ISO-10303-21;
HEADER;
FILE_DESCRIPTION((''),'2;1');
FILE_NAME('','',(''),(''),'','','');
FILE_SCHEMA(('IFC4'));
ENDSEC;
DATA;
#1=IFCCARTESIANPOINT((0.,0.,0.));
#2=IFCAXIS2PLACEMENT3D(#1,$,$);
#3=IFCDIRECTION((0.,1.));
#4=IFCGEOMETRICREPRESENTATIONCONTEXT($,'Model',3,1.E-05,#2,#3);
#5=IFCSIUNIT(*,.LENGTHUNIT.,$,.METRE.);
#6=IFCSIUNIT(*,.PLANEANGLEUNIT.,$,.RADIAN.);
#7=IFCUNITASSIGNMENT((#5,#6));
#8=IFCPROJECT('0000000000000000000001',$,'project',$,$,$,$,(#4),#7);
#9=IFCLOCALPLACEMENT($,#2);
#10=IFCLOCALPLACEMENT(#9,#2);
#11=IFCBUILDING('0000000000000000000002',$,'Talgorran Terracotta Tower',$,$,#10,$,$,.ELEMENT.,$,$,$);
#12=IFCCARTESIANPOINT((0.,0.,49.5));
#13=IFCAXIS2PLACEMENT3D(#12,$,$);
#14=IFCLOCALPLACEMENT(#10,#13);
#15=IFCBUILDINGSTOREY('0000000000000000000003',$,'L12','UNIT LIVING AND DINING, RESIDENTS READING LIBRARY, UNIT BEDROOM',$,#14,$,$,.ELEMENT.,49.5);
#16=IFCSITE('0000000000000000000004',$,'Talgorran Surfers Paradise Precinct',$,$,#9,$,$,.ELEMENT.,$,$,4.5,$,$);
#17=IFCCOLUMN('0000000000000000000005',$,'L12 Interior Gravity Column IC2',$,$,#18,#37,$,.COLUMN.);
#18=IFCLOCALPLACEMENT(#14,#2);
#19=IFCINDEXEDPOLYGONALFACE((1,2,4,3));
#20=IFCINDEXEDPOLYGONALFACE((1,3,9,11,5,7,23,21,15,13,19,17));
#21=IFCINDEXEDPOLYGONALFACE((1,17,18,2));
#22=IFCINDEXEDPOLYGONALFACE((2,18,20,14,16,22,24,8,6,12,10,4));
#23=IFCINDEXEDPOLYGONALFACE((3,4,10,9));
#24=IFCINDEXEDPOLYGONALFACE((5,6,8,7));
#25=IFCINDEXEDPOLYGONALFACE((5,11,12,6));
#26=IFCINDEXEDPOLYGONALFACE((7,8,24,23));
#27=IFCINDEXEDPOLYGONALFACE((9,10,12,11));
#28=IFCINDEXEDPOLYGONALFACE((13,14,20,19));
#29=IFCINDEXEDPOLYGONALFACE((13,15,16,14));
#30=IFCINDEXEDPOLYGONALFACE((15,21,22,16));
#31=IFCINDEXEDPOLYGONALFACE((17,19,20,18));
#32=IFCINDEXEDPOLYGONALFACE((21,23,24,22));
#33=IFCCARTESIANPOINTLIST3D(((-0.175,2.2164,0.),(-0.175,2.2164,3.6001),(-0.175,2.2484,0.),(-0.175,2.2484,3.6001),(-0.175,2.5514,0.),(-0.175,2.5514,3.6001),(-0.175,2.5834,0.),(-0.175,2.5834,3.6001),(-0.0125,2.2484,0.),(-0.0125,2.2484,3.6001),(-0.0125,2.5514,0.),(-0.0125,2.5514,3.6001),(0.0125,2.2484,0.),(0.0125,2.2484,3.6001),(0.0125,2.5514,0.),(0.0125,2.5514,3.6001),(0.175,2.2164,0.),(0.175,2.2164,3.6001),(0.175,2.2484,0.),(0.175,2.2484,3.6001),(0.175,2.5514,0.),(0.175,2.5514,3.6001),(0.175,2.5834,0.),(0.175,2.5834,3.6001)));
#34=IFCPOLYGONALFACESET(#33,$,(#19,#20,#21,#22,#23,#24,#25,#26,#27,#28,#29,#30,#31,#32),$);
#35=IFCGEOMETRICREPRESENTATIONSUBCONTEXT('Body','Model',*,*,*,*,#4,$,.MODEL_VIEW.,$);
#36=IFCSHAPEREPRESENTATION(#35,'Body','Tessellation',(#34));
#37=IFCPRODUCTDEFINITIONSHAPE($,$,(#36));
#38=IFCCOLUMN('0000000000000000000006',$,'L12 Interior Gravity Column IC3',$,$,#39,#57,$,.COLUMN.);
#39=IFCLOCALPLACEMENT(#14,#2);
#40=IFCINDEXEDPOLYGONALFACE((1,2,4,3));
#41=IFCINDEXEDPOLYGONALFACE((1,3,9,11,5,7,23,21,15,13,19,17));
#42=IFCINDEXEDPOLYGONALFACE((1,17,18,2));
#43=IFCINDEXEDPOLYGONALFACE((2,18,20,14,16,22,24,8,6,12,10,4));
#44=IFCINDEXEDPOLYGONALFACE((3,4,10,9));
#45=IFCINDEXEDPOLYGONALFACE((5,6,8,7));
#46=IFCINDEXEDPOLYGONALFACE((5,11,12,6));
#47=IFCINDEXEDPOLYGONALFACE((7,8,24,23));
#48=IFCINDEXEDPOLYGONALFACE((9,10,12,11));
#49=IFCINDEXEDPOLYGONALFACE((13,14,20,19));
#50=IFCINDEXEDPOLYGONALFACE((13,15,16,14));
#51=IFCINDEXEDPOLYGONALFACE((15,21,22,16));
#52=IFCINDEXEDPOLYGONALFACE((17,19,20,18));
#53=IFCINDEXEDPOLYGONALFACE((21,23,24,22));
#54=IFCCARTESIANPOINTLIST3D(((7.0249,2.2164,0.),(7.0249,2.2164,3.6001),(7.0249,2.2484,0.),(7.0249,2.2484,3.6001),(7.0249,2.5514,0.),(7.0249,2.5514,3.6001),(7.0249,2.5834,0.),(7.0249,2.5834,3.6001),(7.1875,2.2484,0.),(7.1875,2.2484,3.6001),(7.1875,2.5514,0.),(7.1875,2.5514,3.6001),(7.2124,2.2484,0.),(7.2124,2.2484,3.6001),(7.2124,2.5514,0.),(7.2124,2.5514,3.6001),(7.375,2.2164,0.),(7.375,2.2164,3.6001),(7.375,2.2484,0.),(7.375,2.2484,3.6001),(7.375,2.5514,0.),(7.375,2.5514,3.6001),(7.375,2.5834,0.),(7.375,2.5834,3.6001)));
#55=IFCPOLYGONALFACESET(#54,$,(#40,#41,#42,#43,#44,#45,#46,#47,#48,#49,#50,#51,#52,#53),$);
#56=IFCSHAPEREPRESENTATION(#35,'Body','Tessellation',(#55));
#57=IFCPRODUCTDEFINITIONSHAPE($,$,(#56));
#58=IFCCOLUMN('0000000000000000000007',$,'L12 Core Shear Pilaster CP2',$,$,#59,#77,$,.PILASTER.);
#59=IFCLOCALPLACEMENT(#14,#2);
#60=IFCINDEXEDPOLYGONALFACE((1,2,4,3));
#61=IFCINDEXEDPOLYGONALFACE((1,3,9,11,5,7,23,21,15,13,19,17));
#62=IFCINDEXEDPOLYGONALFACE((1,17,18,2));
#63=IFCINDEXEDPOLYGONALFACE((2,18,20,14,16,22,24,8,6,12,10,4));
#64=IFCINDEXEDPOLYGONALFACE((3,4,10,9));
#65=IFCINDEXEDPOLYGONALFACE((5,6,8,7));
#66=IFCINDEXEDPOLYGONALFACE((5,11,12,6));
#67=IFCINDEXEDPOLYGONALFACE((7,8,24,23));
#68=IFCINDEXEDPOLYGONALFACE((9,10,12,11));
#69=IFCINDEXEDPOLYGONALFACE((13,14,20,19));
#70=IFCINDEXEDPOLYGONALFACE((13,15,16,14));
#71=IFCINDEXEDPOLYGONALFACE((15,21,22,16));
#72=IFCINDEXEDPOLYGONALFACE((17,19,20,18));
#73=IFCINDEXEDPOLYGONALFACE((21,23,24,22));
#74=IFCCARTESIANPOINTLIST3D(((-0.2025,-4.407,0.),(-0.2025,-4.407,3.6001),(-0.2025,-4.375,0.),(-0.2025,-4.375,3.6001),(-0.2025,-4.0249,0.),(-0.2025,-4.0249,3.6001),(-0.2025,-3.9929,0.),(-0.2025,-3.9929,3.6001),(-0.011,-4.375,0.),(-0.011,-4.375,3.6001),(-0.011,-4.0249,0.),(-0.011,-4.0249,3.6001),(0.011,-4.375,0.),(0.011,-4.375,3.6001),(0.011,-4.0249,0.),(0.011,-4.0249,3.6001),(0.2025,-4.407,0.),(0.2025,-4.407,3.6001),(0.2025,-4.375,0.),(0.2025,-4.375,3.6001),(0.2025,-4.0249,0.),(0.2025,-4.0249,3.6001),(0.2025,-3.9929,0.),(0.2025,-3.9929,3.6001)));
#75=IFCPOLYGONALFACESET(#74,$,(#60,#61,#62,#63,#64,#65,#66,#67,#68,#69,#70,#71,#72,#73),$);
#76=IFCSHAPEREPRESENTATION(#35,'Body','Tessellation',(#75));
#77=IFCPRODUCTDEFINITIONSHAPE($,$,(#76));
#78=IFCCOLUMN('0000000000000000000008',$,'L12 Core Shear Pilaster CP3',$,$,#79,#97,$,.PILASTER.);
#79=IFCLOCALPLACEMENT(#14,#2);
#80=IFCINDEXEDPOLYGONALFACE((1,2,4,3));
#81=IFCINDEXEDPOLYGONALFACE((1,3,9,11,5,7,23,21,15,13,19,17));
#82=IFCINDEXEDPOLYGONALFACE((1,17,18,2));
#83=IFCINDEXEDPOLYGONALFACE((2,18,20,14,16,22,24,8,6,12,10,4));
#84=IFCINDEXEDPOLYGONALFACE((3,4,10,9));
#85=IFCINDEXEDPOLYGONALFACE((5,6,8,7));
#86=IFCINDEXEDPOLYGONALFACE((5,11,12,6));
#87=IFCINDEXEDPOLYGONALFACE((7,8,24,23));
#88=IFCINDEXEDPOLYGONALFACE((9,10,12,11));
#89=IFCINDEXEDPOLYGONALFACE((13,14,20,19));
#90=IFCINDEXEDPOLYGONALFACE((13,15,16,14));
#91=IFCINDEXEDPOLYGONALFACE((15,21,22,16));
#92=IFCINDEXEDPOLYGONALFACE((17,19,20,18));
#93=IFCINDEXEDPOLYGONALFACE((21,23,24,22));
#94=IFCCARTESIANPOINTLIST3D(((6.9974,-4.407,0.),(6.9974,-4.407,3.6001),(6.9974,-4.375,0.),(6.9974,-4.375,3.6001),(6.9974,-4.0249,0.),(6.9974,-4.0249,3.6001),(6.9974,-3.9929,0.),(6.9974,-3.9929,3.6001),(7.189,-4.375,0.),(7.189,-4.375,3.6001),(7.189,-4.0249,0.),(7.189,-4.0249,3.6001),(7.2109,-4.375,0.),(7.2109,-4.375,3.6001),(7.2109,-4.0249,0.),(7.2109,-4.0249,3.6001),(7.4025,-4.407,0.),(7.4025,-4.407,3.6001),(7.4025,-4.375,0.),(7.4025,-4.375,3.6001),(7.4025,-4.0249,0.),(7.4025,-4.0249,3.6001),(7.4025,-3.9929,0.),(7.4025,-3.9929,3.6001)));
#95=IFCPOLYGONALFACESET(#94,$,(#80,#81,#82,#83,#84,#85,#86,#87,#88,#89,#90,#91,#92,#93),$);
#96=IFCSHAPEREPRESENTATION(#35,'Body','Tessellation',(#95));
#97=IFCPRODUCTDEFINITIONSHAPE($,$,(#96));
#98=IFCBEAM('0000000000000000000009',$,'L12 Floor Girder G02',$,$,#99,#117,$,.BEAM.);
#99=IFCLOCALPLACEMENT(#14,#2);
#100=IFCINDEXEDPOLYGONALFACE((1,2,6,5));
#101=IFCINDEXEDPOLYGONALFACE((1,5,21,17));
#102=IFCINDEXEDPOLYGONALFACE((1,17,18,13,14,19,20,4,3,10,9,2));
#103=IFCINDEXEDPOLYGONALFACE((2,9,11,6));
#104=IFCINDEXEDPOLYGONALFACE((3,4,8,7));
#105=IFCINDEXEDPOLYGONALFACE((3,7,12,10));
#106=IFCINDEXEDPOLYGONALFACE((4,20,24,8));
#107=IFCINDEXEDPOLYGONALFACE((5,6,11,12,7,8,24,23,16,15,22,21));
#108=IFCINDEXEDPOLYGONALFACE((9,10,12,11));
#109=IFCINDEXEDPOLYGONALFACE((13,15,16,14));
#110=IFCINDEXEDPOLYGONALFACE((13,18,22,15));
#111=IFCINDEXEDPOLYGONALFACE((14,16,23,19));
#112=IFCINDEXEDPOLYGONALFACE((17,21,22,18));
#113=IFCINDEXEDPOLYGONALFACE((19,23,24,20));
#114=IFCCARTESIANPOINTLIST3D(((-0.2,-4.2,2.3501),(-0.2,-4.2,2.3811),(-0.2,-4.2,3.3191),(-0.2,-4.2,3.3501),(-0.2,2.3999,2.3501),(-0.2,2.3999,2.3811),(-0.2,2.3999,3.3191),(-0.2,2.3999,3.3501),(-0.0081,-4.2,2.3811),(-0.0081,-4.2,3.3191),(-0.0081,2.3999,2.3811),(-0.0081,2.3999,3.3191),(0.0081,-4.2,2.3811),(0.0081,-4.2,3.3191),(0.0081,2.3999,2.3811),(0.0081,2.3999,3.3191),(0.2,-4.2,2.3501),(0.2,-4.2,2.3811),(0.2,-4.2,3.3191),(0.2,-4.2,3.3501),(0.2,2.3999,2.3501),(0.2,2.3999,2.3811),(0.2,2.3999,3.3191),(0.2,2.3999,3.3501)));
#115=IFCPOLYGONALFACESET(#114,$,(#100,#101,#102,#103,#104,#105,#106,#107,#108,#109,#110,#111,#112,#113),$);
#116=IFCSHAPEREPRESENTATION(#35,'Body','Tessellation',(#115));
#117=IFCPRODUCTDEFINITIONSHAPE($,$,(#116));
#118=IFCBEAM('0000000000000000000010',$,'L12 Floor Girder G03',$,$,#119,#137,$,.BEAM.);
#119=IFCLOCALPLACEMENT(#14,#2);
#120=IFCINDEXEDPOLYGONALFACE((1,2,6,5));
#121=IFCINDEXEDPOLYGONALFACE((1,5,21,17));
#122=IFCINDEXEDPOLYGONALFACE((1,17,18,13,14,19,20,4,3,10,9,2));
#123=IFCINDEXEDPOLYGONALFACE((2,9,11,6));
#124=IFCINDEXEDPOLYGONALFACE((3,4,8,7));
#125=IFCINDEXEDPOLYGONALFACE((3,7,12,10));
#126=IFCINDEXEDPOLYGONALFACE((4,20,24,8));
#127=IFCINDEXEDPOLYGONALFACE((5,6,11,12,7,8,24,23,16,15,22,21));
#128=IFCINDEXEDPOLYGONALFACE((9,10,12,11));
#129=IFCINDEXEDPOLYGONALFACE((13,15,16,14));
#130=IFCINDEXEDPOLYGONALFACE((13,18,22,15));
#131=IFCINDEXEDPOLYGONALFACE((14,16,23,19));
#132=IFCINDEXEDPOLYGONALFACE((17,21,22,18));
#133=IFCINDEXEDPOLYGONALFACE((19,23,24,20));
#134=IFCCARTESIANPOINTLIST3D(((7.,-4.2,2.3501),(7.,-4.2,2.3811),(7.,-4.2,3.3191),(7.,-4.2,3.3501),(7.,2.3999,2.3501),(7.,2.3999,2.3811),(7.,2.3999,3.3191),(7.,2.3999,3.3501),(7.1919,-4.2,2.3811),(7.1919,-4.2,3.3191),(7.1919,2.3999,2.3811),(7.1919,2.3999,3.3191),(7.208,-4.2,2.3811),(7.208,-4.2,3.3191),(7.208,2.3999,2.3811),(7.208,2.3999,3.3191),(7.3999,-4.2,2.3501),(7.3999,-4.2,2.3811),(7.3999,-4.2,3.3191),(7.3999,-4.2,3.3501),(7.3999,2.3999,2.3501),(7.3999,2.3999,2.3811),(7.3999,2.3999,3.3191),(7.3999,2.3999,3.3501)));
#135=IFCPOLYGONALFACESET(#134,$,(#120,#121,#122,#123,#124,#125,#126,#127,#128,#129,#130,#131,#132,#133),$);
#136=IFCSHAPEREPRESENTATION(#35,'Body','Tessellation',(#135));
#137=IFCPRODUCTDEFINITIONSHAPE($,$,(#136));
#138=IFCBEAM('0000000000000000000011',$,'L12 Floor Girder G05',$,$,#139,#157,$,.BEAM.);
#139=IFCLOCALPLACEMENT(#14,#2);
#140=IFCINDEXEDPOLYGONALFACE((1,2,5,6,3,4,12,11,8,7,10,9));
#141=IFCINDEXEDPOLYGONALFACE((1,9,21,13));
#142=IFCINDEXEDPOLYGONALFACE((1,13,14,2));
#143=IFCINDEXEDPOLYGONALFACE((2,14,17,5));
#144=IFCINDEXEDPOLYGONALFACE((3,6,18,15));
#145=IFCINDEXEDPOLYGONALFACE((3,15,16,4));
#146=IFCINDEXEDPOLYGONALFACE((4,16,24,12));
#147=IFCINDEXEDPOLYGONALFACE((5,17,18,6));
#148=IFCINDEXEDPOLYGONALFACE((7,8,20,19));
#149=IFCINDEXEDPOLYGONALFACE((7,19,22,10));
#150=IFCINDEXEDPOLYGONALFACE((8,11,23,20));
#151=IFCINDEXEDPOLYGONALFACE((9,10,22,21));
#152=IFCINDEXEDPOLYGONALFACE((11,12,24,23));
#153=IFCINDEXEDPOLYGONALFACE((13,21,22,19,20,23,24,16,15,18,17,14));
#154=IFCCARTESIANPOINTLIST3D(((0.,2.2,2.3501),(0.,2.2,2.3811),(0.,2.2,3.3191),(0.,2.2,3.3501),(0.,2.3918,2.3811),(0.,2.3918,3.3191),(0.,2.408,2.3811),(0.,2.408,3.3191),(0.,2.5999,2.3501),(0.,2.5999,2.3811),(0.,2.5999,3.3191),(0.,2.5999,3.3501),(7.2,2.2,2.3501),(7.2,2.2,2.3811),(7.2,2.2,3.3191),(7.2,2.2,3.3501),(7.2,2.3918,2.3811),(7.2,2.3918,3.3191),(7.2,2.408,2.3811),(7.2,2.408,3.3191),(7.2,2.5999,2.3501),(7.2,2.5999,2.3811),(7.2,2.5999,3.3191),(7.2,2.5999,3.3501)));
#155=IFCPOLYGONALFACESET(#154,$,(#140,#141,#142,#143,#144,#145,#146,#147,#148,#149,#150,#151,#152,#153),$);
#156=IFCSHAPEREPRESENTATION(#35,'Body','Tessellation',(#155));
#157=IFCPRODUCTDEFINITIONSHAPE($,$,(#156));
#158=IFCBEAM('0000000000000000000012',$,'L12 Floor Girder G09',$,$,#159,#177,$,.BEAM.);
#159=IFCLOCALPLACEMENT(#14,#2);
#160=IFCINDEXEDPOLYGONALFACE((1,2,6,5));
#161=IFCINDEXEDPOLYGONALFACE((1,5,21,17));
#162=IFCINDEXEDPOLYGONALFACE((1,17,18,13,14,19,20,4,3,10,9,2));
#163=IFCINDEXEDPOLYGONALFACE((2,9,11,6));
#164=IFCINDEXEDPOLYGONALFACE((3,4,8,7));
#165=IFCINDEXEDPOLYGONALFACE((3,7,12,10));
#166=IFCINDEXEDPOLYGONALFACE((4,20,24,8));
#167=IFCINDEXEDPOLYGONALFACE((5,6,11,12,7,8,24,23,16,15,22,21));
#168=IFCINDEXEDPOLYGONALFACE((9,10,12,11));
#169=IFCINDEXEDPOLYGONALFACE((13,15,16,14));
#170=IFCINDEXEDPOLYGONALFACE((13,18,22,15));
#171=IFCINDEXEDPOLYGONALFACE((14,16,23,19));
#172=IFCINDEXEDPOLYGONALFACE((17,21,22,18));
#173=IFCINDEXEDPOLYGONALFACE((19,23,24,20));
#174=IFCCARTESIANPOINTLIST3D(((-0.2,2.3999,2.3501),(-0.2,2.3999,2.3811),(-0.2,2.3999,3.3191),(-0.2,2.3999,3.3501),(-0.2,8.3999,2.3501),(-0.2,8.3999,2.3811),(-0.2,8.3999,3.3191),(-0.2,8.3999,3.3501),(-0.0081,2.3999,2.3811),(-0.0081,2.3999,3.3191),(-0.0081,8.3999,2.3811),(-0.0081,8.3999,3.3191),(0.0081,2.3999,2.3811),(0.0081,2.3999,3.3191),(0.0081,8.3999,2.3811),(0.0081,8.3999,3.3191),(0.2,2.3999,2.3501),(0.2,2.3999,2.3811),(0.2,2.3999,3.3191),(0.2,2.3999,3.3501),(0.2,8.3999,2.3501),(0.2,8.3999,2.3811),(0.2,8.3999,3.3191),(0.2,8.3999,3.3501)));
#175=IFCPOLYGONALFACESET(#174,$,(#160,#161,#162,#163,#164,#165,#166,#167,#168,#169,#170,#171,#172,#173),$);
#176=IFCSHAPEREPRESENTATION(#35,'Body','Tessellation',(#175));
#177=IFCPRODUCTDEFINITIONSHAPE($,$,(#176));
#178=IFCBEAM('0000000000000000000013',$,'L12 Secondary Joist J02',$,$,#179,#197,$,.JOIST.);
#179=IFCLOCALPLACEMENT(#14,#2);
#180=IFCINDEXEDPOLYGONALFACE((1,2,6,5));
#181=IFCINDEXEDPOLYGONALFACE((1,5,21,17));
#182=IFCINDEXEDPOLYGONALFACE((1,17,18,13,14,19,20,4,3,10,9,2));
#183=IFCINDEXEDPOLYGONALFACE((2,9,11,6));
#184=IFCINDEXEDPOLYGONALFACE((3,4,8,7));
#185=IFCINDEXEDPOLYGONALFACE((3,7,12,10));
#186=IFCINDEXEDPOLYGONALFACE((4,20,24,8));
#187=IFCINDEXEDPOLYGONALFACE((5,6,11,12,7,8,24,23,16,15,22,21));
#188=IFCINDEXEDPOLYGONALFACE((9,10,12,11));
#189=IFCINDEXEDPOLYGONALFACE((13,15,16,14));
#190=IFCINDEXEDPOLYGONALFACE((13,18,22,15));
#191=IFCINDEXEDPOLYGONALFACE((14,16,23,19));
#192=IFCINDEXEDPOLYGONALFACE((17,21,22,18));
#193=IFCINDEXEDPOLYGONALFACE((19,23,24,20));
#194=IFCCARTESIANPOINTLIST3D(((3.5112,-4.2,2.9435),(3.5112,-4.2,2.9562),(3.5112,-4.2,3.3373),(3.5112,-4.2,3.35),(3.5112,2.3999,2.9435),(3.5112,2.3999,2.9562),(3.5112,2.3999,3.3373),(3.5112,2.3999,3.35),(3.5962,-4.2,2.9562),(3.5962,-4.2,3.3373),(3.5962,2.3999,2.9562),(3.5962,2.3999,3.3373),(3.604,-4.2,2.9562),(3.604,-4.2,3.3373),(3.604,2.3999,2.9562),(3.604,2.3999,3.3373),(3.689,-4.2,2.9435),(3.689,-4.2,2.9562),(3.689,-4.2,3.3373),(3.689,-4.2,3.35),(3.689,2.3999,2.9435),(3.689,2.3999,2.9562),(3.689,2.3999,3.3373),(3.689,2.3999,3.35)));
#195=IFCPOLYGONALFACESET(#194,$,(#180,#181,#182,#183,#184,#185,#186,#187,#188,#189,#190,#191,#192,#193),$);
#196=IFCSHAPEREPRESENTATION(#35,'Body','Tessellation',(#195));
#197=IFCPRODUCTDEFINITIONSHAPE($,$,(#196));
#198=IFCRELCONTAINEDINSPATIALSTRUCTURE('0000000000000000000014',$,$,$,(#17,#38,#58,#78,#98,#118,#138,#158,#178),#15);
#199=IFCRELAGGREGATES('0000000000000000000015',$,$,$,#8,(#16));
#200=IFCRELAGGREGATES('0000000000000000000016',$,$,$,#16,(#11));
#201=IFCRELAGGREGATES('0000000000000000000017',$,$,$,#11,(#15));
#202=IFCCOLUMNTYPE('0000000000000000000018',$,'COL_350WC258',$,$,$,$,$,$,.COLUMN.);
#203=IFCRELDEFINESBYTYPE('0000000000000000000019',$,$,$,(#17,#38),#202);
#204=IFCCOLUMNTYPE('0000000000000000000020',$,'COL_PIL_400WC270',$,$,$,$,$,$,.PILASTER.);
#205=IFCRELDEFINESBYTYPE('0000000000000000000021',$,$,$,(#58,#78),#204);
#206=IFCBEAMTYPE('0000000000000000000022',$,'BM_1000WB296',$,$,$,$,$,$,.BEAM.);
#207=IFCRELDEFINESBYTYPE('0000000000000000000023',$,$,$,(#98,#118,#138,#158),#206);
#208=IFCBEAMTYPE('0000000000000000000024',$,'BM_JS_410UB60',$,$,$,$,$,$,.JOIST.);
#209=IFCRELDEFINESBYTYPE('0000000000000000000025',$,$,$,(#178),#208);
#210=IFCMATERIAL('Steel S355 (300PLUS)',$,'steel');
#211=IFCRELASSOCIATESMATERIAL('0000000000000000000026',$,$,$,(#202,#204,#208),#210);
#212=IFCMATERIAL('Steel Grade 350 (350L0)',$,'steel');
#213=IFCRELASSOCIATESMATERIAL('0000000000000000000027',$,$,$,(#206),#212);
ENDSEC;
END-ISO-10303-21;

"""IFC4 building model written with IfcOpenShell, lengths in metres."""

from ifc_helpers import new_model, si_unit, direction, frame, origin, origin_2d, place, context, subcontext, project, spatial, i_section, extrude, material, material_profile, profile_set, type_object, element, save


model = new_model("IFC4")

# Units and contexts
model_context = context("Model", 3, precision=1e-05, world=origin(), true_north=direction((0.0, 1.0)))
body_context = subcontext(model_context, "Body", "Model", "MODEL_VIEW")
ifc_project = project(units=[si_unit("LENGTHUNIT", "METRE"), si_unit("PLANEANGLEUNIT", "RADIAN")], contexts=[model_context])

# Site, building, storey
site_placement = place(None, origin())
site = spatial("IfcSite", under=ifc_project, at=site_placement, Name="Talgorran Surfers Paradise Precinct", CompositionType="ELEMENT", RefElevation=4.5)
building_placement = place(site_placement, origin())
building = spatial("IfcBuilding", under=site, at=building_placement, Name="Talgorran Terracotta Tower", CompositionType="ELEMENT")
storey_placement = place(building_placement, frame((0.0, 0.0, 49.5)))
storey = spatial("IfcBuildingStorey", under=building, at=storey_placement, Name="L12", Description="UNIT LIVING AND DINING, RESIDENTS READING LIBRARY, UNIT BEDROOM", CompositionType="ELEMENT", Elevation=49.5)

# Columns
ifc_material_1 = material(Name="Steel S355 (300PLUS)", Category="steel")
ifc_material_profile_1 = material_profile(ifc_material_1, i_section(OverallWidth=0.3501, OverallDepth=0.3669, WebThickness=0.0249, FlangeThickness=0.032, at=origin_2d()), Name="350WC258")
ifc_profile_set_1 = profile_set([ifc_material_profile_1], Name="Steel S355 (300PLUS)")
column_type_1 = type_object("IfcColumnType", Name="COL_350WC258", PredefinedType="COLUMN", material=ifc_profile_set_1)
for number, where, z_axis, x_axis, name in (
    (1, (0.0, 2.3999, 0.0), (0.0, 0.0, 1.0), (1.0, 0.0, 0.0), "L12 Interior Gravity Column IC2"),
    (2, (7.2, 2.3999, 0.0), (0.0, 0.0, 1.0), (1.0, 0.0, 0.0), "L12 Interior Gravity Column IC3"),
):
    element("IfcColumn", number, at=place(storey_placement, frame(where, z_axis=z_axis, x_axis=x_axis)), inside=storey, type_object=column_type_1, Name=name, PredefinedType="COLUMN", context=body_context, shape_type="SweptSolid", body=[
        extrude(i_section(OverallWidth=0.3501, OverallDepth=0.3669, WebThickness=0.0249, FlangeThickness=0.032, at=origin_2d()), origin(), (0.0, 0.0, 1.0), 3.6001),
    ])
ifc_material_profile_2 = material_profile(ifc_material_1, i_section(OverallWidth=0.405, OverallDepth=0.4141, WebThickness=0.022, FlangeThickness=0.032, at=origin_2d()), Name="400WC270")
ifc_profile_set_2 = profile_set([ifc_material_profile_2], Name="Steel S355 (300PLUS)")
column_type_2 = type_object("IfcColumnType", Name="COL_PIL_400WC270", PredefinedType="PILASTER", material=ifc_profile_set_2)
for number, where, z_axis, x_axis, name in (
    (3, (0.0, -4.2, 0.0), (0.0, 0.0, 1.0), (1.0, 0.0, 0.0), "L12 Core Shear Pilaster CP2"),
    (4, (7.2, -4.2, 0.0), (0.0, 0.0, 1.0), (1.0, 0.0, 0.0), "L12 Core Shear Pilaster CP3"),
):
    element("IfcColumn", number, at=place(storey_placement, frame(where, z_axis=z_axis, x_axis=x_axis)), inside=storey, type_object=column_type_2, Name=name, PredefinedType="PILASTER", context=body_context, shape_type="SweptSolid", body=[
        extrude(i_section(OverallWidth=0.405, OverallDepth=0.4141, WebThickness=0.022, FlangeThickness=0.032, at=origin_2d()), origin(), (0.0, 0.0, 1.0), 3.6001),
    ])

# Beams
ifc_material_2 = material(Name="Steel Grade 350 (350L0)", Category="steel")
ifc_material_profile_3 = material_profile(ifc_material_2, i_section(OverallWidth=0.3999, OverallDepth=1.0, WebThickness=0.0161, FlangeThickness=0.031, at=origin_2d()), Name="1000WB296")
ifc_profile_set_3 = profile_set([ifc_material_profile_3], Name="Steel Grade 350 (350L0)")
beam_type_1 = type_object("IfcBeamType", Name="BM_1000WB296", PredefinedType="BEAM", material=ifc_profile_set_3)
for number, where, z_axis, x_axis, name in (
    (5, (0.0, -4.2, 2.8501), (0.0, 1.0, 0.0), (-1.0, 0.0, 0.0), "L12 Floor Girder G02"),
    (6, (7.2, -4.2, 2.8501), (0.0, 1.0, 0.0), (-1.0, 0.0, 0.0), "L12 Floor Girder G03"),
):
    element("IfcBeam", number, at=place(storey_placement, frame(where, z_axis=z_axis, x_axis=x_axis)), inside=storey, type_object=beam_type_1, Name=name, PredefinedType="BEAM", context=body_context, shape_type="SweptSolid", body=[
        extrude(i_section(OverallWidth=0.3999, OverallDepth=1.0, WebThickness=0.0161, FlangeThickness=0.031, at=origin_2d()), origin(), (0.0, 0.0, 1.0), 6.5999),
    ])
beam_1_placement = place(storey_placement, frame((0.0, 2.3999, 2.8501), z_axis=(1.0, 0.0, 0.0), x_axis=(0.0, 1.0, 0.0)))
element("IfcBeam", 7, at=beam_1_placement, inside=storey, type_object=beam_type_1, Name="L12 Floor Girder G05", PredefinedType="BEAM", context=body_context, shape_type="SweptSolid", body=[
    extrude(i_section(OverallWidth=0.3999, OverallDepth=1.0, WebThickness=0.0161, FlangeThickness=0.031, at=origin_2d()), origin(), (0.0, 0.0, 1.0), 7.2),
])
beam_2_placement = place(storey_placement, frame((0.0, 2.3999, 2.8501), z_axis=(0.0, 1.0, 0.0), x_axis=(-1.0, 0.0, 0.0)))
element("IfcBeam", 8, at=beam_2_placement, inside=storey, type_object=beam_type_1, Name="L12 Floor Girder G09", PredefinedType="BEAM", context=body_context, shape_type="SweptSolid", body=[
    extrude(i_section(OverallWidth=0.3999, OverallDepth=1.0, WebThickness=0.0161, FlangeThickness=0.031, at=origin_2d()), origin(), (0.0, 0.0, 1.0), 6.0),
])
ifc_material_profile_4 = material_profile(ifc_material_1, i_section(OverallWidth=0.1777, OverallDepth=0.4065, WebThickness=0.0078, FlangeThickness=0.0127, at=origin_2d()), Name="410UB59.7")
ifc_profile_set_4 = profile_set([ifc_material_profile_4], Name="Steel S355 (300PLUS)")
beam_type_2 = type_object("IfcBeamType", Name="BM_JS_410UB60", PredefinedType="JOIST", material=ifc_profile_set_4)
beam_3_placement = place(storey_placement, frame((3.6001, -4.2, 3.1467), z_axis=(0.0, 1.0, 0.0), x_axis=(-1.0, 0.0, 0.0)))
element("IfcBeam", 9, at=beam_3_placement, inside=storey, type_object=beam_type_2, Name="L12 Secondary Joist J02", PredefinedType="JOIST", context=body_context, shape_type="SweptSolid", body=[
    extrude(i_section(OverallWidth=0.1777, OverallDepth=0.4065, WebThickness=0.0078, FlangeThickness=0.0127, at=origin_2d()), origin(), (0.0, 0.0, 1.0), 6.5999),
])

save(model, "model.ifc")
